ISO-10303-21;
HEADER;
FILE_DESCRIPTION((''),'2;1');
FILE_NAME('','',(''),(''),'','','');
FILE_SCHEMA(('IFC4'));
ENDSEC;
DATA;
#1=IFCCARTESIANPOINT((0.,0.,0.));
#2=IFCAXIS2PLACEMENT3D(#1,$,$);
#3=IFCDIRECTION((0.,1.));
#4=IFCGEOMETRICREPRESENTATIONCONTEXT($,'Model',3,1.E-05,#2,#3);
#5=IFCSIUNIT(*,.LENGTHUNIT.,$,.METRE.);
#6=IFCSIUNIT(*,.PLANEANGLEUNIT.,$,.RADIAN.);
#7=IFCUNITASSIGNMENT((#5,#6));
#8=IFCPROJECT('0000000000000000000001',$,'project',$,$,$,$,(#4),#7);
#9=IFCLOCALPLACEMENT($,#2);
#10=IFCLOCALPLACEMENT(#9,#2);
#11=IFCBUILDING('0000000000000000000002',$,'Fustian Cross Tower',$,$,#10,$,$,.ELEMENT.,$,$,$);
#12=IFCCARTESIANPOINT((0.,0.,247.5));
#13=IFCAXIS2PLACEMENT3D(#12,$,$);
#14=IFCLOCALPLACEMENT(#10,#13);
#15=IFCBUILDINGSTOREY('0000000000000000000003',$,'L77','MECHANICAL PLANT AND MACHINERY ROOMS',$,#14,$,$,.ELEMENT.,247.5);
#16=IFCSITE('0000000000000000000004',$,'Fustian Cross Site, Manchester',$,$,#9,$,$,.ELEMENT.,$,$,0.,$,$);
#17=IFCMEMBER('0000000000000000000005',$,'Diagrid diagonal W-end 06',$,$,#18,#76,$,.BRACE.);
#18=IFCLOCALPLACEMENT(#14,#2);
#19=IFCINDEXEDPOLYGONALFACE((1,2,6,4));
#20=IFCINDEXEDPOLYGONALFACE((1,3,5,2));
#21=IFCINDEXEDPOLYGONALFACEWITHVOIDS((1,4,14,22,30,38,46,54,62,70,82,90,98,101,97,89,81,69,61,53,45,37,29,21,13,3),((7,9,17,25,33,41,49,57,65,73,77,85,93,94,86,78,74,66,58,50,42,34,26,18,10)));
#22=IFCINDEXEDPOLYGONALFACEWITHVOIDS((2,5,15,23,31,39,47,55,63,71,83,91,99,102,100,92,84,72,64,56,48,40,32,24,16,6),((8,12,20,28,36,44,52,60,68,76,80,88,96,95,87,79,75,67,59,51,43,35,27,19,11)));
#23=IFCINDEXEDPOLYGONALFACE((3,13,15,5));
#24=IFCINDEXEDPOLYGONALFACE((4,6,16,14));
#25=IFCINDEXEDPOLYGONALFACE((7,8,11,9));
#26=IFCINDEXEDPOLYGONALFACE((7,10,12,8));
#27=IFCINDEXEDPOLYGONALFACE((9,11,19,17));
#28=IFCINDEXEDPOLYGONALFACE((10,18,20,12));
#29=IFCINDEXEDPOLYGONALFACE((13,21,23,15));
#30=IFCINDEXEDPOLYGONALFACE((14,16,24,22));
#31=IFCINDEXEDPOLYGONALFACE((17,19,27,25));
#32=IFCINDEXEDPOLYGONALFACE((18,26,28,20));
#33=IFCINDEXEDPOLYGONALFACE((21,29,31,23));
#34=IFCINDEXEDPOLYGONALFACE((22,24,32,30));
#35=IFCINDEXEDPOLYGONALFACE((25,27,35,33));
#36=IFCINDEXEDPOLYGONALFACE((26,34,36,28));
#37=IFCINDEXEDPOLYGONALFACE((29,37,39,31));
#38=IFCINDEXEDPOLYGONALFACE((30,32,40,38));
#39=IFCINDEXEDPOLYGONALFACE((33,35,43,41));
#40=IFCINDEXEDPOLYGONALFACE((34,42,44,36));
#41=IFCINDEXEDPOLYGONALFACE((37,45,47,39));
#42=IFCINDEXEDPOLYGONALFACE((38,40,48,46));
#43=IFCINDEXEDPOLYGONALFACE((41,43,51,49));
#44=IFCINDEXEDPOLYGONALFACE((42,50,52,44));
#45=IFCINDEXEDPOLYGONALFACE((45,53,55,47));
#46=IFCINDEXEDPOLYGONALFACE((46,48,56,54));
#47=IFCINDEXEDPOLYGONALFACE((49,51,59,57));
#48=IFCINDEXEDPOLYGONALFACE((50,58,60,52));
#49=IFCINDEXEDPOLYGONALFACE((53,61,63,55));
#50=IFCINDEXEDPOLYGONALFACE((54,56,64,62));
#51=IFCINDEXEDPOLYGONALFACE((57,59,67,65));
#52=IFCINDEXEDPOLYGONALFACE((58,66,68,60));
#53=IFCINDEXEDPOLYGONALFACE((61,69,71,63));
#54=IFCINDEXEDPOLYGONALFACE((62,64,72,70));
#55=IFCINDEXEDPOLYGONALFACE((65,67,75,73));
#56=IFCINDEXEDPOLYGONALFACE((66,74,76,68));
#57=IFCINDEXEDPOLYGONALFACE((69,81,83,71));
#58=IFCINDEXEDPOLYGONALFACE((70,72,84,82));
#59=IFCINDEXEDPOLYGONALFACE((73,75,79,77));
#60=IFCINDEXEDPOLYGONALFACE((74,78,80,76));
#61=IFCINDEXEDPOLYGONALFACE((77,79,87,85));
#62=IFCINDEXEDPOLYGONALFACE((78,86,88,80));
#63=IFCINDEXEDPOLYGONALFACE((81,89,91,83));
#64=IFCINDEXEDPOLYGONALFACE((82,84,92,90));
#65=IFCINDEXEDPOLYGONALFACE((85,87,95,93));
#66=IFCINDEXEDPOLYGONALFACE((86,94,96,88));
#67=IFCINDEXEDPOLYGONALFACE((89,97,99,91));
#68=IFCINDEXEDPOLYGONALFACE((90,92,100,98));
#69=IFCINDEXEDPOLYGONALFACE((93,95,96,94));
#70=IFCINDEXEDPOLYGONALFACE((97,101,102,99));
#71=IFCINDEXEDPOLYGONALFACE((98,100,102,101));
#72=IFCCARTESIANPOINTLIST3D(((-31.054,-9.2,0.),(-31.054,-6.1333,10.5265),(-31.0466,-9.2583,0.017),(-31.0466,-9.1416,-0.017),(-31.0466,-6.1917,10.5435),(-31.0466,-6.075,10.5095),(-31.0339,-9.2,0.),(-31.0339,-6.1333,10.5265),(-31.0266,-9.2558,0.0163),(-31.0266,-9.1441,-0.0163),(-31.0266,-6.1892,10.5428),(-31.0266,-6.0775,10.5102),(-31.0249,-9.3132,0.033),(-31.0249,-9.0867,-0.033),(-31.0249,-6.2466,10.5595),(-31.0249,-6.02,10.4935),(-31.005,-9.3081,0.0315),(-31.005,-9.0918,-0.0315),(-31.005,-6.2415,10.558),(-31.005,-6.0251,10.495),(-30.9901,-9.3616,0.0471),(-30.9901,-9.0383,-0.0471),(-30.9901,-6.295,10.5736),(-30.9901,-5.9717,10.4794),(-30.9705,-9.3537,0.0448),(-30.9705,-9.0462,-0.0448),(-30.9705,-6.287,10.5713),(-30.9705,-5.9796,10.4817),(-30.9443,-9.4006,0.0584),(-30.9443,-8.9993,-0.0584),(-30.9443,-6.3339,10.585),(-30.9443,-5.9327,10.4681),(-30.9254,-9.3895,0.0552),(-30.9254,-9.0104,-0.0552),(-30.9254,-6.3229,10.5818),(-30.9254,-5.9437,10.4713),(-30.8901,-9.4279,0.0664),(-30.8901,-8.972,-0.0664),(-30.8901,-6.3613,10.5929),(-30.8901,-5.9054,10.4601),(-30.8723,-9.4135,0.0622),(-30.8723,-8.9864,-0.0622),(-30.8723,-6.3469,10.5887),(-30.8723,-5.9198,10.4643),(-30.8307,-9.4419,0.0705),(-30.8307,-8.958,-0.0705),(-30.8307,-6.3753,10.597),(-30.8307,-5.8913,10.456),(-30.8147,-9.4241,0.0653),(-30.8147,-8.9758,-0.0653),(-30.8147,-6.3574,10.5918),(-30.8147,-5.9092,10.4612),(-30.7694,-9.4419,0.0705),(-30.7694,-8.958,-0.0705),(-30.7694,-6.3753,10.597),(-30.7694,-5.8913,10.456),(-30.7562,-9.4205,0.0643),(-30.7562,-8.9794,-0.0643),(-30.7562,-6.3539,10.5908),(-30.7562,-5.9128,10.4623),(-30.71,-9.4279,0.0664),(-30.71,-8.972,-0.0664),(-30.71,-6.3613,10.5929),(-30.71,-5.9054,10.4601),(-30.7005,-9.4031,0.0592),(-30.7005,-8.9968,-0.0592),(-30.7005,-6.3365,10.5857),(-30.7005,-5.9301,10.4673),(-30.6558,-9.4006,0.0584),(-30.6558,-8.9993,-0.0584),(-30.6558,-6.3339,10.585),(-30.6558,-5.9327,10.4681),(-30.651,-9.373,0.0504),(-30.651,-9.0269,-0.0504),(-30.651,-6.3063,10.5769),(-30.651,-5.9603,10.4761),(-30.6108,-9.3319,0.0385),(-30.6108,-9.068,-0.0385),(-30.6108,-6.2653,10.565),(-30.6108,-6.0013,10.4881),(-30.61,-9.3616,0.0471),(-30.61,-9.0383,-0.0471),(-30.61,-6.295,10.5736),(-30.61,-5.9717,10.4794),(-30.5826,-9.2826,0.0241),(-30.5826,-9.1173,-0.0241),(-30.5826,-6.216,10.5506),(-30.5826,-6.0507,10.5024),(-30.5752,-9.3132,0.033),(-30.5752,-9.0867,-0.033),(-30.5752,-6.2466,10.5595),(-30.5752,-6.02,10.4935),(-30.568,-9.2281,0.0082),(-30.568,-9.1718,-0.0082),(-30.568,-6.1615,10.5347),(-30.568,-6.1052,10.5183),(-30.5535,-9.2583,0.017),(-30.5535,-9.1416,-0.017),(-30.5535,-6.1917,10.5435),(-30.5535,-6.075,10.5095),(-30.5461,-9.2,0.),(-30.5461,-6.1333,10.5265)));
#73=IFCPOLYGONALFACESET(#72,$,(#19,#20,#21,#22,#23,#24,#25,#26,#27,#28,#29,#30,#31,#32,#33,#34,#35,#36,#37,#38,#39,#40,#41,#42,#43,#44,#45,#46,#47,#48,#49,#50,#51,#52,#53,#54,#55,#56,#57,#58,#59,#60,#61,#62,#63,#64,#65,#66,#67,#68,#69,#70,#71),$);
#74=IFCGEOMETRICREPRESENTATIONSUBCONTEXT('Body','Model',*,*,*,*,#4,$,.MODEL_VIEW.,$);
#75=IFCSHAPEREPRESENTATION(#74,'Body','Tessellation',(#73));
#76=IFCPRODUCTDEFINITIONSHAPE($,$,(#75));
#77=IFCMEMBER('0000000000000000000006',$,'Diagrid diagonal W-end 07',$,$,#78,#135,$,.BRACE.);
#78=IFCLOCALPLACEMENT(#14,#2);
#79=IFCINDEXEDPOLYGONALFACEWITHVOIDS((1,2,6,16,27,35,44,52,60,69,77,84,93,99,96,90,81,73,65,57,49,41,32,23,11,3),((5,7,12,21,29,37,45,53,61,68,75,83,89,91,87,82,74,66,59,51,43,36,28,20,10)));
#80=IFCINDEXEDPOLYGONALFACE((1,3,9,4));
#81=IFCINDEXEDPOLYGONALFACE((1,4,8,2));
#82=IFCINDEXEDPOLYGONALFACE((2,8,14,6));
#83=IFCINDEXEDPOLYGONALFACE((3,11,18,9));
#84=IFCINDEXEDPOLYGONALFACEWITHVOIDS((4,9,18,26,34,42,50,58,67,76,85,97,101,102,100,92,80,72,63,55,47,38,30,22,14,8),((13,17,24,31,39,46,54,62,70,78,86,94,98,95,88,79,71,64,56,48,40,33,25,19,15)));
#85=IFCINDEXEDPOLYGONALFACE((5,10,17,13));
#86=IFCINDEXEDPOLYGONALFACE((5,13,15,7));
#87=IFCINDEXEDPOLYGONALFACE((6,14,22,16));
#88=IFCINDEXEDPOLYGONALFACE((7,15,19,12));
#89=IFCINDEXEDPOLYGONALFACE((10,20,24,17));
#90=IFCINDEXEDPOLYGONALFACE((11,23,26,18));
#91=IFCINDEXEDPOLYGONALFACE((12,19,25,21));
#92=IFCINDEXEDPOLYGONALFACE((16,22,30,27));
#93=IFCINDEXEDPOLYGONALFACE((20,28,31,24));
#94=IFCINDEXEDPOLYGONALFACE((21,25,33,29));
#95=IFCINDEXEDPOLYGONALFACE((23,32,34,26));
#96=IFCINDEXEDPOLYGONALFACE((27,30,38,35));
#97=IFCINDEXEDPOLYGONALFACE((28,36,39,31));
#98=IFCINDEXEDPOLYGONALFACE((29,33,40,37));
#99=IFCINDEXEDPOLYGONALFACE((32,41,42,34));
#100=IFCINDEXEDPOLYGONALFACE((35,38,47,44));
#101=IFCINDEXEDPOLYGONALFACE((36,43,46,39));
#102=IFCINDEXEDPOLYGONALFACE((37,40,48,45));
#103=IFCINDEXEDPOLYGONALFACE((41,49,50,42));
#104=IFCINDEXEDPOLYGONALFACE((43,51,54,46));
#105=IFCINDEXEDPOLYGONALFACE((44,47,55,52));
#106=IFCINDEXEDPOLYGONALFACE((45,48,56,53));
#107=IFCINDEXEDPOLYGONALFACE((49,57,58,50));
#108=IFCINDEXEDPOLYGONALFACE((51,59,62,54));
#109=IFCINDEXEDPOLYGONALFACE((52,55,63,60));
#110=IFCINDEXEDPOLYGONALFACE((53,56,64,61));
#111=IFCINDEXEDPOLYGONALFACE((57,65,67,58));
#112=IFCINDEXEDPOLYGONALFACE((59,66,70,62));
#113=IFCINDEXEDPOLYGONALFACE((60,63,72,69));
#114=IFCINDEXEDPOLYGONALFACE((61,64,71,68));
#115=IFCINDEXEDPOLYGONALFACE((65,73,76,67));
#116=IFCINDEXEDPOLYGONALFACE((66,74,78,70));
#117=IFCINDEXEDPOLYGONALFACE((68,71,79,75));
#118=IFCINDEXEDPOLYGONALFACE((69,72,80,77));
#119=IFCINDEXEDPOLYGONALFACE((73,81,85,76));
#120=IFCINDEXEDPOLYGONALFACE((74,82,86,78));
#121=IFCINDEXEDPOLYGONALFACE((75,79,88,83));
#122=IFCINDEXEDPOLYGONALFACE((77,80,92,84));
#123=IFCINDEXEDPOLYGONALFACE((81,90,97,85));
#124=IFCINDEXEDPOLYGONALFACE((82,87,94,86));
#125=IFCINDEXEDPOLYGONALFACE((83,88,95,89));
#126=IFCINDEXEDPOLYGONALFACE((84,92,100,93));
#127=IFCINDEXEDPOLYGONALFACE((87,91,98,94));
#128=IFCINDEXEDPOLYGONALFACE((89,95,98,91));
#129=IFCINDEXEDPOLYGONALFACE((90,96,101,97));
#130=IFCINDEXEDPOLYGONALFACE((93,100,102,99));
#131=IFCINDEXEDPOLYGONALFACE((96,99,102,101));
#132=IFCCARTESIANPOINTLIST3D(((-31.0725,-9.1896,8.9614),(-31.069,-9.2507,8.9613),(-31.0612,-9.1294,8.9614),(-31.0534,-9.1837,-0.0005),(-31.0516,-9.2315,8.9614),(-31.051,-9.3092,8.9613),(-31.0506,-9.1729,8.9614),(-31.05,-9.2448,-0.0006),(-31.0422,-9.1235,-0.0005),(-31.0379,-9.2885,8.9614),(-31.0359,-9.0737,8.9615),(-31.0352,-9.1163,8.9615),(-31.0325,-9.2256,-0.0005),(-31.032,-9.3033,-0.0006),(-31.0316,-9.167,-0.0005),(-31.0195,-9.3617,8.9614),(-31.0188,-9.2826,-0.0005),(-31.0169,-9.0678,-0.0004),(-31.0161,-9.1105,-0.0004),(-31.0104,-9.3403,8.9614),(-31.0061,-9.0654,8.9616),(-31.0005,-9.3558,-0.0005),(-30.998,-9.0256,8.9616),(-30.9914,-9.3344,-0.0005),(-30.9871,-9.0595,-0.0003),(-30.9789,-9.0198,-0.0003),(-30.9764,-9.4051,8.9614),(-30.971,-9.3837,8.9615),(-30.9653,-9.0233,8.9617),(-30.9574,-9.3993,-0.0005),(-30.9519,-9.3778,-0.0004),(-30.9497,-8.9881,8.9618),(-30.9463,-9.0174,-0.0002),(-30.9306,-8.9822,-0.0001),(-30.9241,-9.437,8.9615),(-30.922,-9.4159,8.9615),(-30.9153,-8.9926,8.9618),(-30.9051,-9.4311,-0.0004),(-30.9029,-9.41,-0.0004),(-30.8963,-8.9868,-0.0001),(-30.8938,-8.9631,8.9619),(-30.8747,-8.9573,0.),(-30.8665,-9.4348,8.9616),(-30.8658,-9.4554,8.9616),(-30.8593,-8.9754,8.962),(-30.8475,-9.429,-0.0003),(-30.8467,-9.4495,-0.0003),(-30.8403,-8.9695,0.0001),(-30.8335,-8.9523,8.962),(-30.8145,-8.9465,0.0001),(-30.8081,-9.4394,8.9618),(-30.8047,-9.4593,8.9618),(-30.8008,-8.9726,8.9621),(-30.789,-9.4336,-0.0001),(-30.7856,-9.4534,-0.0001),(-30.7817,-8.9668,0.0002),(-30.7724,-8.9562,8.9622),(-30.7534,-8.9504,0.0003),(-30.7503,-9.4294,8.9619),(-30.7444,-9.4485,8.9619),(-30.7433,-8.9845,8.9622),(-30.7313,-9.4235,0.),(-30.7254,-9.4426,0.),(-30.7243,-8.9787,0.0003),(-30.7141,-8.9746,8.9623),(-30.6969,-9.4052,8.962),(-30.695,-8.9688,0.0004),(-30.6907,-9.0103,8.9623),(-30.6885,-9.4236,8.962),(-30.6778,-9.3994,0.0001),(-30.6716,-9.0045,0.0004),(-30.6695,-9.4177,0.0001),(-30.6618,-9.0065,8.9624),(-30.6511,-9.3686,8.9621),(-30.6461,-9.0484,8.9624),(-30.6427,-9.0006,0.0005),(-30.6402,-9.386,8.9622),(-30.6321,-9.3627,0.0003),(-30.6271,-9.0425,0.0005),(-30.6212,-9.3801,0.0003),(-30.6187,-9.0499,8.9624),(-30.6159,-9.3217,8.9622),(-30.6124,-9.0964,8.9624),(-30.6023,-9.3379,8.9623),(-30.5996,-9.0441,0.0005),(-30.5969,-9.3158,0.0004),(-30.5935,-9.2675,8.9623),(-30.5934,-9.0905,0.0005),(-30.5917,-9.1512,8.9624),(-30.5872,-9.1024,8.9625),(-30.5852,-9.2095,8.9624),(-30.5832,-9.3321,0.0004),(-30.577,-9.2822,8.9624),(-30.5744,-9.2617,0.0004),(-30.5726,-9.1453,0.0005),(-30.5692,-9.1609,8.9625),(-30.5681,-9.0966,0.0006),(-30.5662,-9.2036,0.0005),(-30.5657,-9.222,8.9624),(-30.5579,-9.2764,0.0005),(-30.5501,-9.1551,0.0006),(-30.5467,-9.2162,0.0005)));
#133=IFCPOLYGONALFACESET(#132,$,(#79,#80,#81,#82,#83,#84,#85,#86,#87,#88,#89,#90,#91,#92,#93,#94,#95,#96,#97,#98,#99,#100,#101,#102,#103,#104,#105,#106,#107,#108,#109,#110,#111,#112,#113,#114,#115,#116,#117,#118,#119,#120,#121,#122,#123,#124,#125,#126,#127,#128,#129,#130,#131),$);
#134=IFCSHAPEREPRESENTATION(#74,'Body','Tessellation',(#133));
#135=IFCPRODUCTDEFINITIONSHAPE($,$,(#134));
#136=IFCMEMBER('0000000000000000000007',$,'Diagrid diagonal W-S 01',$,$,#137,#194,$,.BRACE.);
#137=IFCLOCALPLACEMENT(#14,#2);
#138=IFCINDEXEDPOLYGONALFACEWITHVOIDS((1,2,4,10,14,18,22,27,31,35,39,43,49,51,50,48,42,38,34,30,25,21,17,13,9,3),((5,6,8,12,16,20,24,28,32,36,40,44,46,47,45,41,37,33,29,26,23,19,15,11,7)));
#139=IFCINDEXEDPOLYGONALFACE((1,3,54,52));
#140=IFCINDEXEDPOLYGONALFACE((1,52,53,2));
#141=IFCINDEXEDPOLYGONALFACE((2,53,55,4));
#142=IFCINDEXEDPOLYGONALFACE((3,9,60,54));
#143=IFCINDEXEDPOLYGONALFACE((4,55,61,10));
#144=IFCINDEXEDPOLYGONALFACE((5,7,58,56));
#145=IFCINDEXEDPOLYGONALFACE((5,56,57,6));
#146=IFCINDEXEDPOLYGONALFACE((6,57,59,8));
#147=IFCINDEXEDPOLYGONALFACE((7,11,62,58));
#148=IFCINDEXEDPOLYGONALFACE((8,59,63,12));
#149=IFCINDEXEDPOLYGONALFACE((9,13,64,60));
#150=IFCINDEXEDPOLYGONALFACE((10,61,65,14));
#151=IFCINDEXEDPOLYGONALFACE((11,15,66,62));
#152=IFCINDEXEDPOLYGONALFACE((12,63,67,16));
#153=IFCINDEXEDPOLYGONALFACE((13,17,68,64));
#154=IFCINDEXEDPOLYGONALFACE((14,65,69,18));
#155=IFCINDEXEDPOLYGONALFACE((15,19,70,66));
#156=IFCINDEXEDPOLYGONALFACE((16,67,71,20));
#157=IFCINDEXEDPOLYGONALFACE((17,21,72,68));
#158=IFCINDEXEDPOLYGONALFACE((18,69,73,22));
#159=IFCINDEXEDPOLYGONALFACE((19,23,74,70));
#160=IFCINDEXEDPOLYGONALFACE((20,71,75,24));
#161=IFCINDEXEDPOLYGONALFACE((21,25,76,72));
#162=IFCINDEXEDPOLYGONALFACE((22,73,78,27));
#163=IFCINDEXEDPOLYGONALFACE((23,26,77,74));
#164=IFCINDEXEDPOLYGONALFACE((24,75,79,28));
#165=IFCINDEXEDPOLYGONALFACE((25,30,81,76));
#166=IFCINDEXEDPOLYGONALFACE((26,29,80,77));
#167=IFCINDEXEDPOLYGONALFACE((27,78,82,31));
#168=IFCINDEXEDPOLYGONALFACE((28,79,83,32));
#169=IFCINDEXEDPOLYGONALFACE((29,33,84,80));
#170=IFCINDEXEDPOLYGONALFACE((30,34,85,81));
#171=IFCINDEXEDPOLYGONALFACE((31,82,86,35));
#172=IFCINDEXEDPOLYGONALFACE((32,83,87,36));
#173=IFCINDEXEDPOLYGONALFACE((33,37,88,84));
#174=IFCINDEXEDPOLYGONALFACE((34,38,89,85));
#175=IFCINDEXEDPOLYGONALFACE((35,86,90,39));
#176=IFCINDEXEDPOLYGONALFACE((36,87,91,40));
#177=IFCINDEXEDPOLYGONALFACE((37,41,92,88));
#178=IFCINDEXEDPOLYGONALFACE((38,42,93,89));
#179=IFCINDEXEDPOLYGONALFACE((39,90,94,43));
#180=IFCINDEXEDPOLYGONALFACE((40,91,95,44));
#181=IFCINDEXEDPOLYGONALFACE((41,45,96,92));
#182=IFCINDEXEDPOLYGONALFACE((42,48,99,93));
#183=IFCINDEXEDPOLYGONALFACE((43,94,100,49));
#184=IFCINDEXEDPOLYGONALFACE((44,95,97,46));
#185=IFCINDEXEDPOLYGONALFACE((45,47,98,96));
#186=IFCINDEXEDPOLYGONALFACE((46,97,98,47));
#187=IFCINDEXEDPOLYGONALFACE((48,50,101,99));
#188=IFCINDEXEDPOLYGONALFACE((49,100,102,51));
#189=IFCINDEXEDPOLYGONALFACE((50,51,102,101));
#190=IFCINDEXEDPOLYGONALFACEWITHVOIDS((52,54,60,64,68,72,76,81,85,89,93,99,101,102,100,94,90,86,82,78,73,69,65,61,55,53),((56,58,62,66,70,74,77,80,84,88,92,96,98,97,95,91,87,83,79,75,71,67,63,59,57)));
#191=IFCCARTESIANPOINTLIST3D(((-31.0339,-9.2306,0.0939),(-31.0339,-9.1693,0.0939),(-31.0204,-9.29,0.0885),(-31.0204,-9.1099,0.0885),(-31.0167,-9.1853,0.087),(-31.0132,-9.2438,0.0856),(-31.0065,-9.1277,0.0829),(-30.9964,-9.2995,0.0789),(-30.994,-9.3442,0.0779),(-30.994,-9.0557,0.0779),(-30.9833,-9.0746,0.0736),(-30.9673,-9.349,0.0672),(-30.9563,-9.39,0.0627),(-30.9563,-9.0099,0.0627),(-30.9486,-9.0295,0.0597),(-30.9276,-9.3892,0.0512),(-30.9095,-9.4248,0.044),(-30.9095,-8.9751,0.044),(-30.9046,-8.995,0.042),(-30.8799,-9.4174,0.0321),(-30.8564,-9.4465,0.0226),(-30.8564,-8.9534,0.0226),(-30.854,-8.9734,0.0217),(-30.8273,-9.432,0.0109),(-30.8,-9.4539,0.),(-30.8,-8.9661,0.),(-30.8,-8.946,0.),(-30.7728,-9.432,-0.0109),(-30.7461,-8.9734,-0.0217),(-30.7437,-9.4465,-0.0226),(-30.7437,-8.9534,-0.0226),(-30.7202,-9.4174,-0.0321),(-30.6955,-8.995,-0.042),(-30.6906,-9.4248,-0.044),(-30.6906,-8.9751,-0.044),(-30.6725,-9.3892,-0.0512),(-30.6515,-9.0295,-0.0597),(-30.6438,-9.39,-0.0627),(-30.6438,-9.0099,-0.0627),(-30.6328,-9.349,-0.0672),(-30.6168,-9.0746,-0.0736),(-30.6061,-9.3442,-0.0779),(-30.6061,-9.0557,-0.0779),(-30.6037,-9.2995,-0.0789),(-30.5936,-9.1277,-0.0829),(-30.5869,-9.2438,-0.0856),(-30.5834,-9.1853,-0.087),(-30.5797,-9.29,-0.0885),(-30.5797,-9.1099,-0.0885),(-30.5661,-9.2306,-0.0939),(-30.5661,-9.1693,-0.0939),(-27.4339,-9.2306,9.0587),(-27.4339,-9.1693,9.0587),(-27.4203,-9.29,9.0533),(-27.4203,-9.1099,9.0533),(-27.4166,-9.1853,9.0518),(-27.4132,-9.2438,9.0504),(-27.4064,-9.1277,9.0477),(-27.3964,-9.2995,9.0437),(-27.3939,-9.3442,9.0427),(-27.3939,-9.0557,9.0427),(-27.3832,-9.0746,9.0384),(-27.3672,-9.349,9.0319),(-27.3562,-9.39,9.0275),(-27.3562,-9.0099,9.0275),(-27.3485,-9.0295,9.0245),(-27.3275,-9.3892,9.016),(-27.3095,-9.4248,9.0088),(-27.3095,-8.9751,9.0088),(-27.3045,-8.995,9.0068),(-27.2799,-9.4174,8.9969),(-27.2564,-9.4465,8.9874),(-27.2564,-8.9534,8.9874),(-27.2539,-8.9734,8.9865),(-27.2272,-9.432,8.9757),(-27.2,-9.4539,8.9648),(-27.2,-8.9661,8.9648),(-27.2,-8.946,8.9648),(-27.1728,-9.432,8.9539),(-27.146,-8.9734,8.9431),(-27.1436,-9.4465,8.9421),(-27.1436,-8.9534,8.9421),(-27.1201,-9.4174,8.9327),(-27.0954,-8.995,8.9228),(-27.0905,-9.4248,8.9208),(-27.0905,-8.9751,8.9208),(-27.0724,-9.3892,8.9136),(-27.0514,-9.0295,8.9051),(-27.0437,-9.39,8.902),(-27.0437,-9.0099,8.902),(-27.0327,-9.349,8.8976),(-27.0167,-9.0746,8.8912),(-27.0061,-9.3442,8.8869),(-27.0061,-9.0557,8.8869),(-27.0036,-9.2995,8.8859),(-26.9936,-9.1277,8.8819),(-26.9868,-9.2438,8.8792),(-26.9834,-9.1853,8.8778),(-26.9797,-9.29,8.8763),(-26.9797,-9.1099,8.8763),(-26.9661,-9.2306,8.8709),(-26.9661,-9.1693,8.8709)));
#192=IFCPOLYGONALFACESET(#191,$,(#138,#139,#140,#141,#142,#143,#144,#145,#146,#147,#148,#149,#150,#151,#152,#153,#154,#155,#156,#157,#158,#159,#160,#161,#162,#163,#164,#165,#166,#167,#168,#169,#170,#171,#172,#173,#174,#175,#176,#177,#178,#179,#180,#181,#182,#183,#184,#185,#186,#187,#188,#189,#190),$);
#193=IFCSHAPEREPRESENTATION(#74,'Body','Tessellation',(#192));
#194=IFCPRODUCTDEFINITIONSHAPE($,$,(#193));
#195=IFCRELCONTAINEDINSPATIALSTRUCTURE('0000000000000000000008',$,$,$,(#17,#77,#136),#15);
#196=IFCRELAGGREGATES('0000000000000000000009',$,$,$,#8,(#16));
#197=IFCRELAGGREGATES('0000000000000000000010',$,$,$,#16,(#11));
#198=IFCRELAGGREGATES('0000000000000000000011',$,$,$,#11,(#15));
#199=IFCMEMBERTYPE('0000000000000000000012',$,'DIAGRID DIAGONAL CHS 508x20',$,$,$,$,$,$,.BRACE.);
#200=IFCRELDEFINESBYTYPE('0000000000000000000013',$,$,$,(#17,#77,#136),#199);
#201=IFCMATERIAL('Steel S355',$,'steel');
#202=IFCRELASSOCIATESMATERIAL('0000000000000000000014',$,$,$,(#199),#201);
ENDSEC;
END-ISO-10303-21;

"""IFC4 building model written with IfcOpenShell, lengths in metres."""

from ifc_helpers import new_model, si_unit, direction, frame, origin, origin_2d, place, context, subcontext, project, spatial, hollow_circle, extrude, material, material_profile, profile_set, type_object, element, save


model = new_model("IFC4")

# Units and contexts
model_context = context("Model", 3, precision=1e-05, world=origin(), true_north=direction((0.0, 1.0)))
body_context = subcontext(model_context, "Body", "Model", "MODEL_VIEW")
ifc_project = project(units=[si_unit("LENGTHUNIT", "METRE"), si_unit("PLANEANGLEUNIT", "RADIAN")], contexts=[model_context])

# Site, building, storey
site_placement = place(None, origin())
site = spatial("IfcSite", under=ifc_project, at=site_placement, Name="Fustian Cross Site, Manchester", CompositionType="ELEMENT", RefElevation=0.0)
building_placement = place(site_placement, origin())
building = spatial("IfcBuilding", under=site, at=building_placement, Name="Fustian Cross Tower", CompositionType="ELEMENT")
storey_placement = place(building_placement, frame((0.0, 0.0, 247.5)))
storey = spatial("IfcBuildingStorey", under=building, at=storey_placement, Name="L77", Description="MECHANICAL PLANT AND MACHINERY ROOMS", CompositionType="ELEMENT", Elevation=247.5)

# Members
ifc_material_1 = material(Name="Steel S355", Category="steel")
ifc_material_profile_1 = material_profile(ifc_material_1, hollow_circle(Radius=0.2539, WallThickness=0.02, at=origin_2d()), Name="CHS 508x20")
ifc_profile_set_1 = profile_set([ifc_material_profile_1], Name="Steel S355")
member_type_1 = type_object("IfcMemberType", Name="DIAGRID DIAGONAL CHS 508x20", PredefinedType="BRACE", material=ifc_profile_set_1)
for number, where, z_axis, x_axis, name in (
    (1, (-30.8, -9.2, 0.0), (0.0, 0.279696, 0.960088), (-1.0, 0.0, 0.0), "Diagrid diagonal W-end 06"),
):
    element("IfcMember", number, at=place(storey_placement, frame(where, z_axis=z_axis, x_axis=x_axis)), inside=storey, type_object=member_type_1, Name=name, PredefinedType="BRACE", context=body_context, shape_type="SweptSolid", body=[
        extrude(hollow_circle(Radius=0.2539, WallThickness=0.02, at=origin_2d()), origin(), (0.0, 0.0, 1.0), 10.9641),
    ])
member_1_placement = place(storey_placement, frame((-30.8, -9.2, 0.0), z_axis=(-0.002125, -0.000654, 0.999998), x_axis=(0.294086, -0.955779, 0.0)))
element("IfcMember", 2, at=member_1_placement, inside=storey, type_object=member_type_1, Name="Diagrid diagonal W-end 07", PredefinedType="BRACE", context=body_context, shape_type="SweptSolid", body=[
    extrude(hollow_circle(Radius=0.2539, WallThickness=0.02, at=origin_2d()), origin(), (0.0, 0.0, 1.0), 8.9619),
])
member_2_placement = place(storey_placement, frame((-30.8, -9.2, 0.0), z_axis=(0.372654, 0.0, 0.92797), x_axis=(0.0, 1.0, 0.0)))
element("IfcMember", 3, at=member_2_placement, inside=storey, type_object=member_type_1, Name="Diagrid diagonal W-S 01", PredefinedType="BRACE", context=body_context, shape_type="SweptSolid", body=[
    extrude(hollow_circle(Radius=0.2539, WallThickness=0.02, at=origin_2d()), origin(), (0.0, 0.0, 1.0), 9.6606),
])

save(model, "model.ifc")
